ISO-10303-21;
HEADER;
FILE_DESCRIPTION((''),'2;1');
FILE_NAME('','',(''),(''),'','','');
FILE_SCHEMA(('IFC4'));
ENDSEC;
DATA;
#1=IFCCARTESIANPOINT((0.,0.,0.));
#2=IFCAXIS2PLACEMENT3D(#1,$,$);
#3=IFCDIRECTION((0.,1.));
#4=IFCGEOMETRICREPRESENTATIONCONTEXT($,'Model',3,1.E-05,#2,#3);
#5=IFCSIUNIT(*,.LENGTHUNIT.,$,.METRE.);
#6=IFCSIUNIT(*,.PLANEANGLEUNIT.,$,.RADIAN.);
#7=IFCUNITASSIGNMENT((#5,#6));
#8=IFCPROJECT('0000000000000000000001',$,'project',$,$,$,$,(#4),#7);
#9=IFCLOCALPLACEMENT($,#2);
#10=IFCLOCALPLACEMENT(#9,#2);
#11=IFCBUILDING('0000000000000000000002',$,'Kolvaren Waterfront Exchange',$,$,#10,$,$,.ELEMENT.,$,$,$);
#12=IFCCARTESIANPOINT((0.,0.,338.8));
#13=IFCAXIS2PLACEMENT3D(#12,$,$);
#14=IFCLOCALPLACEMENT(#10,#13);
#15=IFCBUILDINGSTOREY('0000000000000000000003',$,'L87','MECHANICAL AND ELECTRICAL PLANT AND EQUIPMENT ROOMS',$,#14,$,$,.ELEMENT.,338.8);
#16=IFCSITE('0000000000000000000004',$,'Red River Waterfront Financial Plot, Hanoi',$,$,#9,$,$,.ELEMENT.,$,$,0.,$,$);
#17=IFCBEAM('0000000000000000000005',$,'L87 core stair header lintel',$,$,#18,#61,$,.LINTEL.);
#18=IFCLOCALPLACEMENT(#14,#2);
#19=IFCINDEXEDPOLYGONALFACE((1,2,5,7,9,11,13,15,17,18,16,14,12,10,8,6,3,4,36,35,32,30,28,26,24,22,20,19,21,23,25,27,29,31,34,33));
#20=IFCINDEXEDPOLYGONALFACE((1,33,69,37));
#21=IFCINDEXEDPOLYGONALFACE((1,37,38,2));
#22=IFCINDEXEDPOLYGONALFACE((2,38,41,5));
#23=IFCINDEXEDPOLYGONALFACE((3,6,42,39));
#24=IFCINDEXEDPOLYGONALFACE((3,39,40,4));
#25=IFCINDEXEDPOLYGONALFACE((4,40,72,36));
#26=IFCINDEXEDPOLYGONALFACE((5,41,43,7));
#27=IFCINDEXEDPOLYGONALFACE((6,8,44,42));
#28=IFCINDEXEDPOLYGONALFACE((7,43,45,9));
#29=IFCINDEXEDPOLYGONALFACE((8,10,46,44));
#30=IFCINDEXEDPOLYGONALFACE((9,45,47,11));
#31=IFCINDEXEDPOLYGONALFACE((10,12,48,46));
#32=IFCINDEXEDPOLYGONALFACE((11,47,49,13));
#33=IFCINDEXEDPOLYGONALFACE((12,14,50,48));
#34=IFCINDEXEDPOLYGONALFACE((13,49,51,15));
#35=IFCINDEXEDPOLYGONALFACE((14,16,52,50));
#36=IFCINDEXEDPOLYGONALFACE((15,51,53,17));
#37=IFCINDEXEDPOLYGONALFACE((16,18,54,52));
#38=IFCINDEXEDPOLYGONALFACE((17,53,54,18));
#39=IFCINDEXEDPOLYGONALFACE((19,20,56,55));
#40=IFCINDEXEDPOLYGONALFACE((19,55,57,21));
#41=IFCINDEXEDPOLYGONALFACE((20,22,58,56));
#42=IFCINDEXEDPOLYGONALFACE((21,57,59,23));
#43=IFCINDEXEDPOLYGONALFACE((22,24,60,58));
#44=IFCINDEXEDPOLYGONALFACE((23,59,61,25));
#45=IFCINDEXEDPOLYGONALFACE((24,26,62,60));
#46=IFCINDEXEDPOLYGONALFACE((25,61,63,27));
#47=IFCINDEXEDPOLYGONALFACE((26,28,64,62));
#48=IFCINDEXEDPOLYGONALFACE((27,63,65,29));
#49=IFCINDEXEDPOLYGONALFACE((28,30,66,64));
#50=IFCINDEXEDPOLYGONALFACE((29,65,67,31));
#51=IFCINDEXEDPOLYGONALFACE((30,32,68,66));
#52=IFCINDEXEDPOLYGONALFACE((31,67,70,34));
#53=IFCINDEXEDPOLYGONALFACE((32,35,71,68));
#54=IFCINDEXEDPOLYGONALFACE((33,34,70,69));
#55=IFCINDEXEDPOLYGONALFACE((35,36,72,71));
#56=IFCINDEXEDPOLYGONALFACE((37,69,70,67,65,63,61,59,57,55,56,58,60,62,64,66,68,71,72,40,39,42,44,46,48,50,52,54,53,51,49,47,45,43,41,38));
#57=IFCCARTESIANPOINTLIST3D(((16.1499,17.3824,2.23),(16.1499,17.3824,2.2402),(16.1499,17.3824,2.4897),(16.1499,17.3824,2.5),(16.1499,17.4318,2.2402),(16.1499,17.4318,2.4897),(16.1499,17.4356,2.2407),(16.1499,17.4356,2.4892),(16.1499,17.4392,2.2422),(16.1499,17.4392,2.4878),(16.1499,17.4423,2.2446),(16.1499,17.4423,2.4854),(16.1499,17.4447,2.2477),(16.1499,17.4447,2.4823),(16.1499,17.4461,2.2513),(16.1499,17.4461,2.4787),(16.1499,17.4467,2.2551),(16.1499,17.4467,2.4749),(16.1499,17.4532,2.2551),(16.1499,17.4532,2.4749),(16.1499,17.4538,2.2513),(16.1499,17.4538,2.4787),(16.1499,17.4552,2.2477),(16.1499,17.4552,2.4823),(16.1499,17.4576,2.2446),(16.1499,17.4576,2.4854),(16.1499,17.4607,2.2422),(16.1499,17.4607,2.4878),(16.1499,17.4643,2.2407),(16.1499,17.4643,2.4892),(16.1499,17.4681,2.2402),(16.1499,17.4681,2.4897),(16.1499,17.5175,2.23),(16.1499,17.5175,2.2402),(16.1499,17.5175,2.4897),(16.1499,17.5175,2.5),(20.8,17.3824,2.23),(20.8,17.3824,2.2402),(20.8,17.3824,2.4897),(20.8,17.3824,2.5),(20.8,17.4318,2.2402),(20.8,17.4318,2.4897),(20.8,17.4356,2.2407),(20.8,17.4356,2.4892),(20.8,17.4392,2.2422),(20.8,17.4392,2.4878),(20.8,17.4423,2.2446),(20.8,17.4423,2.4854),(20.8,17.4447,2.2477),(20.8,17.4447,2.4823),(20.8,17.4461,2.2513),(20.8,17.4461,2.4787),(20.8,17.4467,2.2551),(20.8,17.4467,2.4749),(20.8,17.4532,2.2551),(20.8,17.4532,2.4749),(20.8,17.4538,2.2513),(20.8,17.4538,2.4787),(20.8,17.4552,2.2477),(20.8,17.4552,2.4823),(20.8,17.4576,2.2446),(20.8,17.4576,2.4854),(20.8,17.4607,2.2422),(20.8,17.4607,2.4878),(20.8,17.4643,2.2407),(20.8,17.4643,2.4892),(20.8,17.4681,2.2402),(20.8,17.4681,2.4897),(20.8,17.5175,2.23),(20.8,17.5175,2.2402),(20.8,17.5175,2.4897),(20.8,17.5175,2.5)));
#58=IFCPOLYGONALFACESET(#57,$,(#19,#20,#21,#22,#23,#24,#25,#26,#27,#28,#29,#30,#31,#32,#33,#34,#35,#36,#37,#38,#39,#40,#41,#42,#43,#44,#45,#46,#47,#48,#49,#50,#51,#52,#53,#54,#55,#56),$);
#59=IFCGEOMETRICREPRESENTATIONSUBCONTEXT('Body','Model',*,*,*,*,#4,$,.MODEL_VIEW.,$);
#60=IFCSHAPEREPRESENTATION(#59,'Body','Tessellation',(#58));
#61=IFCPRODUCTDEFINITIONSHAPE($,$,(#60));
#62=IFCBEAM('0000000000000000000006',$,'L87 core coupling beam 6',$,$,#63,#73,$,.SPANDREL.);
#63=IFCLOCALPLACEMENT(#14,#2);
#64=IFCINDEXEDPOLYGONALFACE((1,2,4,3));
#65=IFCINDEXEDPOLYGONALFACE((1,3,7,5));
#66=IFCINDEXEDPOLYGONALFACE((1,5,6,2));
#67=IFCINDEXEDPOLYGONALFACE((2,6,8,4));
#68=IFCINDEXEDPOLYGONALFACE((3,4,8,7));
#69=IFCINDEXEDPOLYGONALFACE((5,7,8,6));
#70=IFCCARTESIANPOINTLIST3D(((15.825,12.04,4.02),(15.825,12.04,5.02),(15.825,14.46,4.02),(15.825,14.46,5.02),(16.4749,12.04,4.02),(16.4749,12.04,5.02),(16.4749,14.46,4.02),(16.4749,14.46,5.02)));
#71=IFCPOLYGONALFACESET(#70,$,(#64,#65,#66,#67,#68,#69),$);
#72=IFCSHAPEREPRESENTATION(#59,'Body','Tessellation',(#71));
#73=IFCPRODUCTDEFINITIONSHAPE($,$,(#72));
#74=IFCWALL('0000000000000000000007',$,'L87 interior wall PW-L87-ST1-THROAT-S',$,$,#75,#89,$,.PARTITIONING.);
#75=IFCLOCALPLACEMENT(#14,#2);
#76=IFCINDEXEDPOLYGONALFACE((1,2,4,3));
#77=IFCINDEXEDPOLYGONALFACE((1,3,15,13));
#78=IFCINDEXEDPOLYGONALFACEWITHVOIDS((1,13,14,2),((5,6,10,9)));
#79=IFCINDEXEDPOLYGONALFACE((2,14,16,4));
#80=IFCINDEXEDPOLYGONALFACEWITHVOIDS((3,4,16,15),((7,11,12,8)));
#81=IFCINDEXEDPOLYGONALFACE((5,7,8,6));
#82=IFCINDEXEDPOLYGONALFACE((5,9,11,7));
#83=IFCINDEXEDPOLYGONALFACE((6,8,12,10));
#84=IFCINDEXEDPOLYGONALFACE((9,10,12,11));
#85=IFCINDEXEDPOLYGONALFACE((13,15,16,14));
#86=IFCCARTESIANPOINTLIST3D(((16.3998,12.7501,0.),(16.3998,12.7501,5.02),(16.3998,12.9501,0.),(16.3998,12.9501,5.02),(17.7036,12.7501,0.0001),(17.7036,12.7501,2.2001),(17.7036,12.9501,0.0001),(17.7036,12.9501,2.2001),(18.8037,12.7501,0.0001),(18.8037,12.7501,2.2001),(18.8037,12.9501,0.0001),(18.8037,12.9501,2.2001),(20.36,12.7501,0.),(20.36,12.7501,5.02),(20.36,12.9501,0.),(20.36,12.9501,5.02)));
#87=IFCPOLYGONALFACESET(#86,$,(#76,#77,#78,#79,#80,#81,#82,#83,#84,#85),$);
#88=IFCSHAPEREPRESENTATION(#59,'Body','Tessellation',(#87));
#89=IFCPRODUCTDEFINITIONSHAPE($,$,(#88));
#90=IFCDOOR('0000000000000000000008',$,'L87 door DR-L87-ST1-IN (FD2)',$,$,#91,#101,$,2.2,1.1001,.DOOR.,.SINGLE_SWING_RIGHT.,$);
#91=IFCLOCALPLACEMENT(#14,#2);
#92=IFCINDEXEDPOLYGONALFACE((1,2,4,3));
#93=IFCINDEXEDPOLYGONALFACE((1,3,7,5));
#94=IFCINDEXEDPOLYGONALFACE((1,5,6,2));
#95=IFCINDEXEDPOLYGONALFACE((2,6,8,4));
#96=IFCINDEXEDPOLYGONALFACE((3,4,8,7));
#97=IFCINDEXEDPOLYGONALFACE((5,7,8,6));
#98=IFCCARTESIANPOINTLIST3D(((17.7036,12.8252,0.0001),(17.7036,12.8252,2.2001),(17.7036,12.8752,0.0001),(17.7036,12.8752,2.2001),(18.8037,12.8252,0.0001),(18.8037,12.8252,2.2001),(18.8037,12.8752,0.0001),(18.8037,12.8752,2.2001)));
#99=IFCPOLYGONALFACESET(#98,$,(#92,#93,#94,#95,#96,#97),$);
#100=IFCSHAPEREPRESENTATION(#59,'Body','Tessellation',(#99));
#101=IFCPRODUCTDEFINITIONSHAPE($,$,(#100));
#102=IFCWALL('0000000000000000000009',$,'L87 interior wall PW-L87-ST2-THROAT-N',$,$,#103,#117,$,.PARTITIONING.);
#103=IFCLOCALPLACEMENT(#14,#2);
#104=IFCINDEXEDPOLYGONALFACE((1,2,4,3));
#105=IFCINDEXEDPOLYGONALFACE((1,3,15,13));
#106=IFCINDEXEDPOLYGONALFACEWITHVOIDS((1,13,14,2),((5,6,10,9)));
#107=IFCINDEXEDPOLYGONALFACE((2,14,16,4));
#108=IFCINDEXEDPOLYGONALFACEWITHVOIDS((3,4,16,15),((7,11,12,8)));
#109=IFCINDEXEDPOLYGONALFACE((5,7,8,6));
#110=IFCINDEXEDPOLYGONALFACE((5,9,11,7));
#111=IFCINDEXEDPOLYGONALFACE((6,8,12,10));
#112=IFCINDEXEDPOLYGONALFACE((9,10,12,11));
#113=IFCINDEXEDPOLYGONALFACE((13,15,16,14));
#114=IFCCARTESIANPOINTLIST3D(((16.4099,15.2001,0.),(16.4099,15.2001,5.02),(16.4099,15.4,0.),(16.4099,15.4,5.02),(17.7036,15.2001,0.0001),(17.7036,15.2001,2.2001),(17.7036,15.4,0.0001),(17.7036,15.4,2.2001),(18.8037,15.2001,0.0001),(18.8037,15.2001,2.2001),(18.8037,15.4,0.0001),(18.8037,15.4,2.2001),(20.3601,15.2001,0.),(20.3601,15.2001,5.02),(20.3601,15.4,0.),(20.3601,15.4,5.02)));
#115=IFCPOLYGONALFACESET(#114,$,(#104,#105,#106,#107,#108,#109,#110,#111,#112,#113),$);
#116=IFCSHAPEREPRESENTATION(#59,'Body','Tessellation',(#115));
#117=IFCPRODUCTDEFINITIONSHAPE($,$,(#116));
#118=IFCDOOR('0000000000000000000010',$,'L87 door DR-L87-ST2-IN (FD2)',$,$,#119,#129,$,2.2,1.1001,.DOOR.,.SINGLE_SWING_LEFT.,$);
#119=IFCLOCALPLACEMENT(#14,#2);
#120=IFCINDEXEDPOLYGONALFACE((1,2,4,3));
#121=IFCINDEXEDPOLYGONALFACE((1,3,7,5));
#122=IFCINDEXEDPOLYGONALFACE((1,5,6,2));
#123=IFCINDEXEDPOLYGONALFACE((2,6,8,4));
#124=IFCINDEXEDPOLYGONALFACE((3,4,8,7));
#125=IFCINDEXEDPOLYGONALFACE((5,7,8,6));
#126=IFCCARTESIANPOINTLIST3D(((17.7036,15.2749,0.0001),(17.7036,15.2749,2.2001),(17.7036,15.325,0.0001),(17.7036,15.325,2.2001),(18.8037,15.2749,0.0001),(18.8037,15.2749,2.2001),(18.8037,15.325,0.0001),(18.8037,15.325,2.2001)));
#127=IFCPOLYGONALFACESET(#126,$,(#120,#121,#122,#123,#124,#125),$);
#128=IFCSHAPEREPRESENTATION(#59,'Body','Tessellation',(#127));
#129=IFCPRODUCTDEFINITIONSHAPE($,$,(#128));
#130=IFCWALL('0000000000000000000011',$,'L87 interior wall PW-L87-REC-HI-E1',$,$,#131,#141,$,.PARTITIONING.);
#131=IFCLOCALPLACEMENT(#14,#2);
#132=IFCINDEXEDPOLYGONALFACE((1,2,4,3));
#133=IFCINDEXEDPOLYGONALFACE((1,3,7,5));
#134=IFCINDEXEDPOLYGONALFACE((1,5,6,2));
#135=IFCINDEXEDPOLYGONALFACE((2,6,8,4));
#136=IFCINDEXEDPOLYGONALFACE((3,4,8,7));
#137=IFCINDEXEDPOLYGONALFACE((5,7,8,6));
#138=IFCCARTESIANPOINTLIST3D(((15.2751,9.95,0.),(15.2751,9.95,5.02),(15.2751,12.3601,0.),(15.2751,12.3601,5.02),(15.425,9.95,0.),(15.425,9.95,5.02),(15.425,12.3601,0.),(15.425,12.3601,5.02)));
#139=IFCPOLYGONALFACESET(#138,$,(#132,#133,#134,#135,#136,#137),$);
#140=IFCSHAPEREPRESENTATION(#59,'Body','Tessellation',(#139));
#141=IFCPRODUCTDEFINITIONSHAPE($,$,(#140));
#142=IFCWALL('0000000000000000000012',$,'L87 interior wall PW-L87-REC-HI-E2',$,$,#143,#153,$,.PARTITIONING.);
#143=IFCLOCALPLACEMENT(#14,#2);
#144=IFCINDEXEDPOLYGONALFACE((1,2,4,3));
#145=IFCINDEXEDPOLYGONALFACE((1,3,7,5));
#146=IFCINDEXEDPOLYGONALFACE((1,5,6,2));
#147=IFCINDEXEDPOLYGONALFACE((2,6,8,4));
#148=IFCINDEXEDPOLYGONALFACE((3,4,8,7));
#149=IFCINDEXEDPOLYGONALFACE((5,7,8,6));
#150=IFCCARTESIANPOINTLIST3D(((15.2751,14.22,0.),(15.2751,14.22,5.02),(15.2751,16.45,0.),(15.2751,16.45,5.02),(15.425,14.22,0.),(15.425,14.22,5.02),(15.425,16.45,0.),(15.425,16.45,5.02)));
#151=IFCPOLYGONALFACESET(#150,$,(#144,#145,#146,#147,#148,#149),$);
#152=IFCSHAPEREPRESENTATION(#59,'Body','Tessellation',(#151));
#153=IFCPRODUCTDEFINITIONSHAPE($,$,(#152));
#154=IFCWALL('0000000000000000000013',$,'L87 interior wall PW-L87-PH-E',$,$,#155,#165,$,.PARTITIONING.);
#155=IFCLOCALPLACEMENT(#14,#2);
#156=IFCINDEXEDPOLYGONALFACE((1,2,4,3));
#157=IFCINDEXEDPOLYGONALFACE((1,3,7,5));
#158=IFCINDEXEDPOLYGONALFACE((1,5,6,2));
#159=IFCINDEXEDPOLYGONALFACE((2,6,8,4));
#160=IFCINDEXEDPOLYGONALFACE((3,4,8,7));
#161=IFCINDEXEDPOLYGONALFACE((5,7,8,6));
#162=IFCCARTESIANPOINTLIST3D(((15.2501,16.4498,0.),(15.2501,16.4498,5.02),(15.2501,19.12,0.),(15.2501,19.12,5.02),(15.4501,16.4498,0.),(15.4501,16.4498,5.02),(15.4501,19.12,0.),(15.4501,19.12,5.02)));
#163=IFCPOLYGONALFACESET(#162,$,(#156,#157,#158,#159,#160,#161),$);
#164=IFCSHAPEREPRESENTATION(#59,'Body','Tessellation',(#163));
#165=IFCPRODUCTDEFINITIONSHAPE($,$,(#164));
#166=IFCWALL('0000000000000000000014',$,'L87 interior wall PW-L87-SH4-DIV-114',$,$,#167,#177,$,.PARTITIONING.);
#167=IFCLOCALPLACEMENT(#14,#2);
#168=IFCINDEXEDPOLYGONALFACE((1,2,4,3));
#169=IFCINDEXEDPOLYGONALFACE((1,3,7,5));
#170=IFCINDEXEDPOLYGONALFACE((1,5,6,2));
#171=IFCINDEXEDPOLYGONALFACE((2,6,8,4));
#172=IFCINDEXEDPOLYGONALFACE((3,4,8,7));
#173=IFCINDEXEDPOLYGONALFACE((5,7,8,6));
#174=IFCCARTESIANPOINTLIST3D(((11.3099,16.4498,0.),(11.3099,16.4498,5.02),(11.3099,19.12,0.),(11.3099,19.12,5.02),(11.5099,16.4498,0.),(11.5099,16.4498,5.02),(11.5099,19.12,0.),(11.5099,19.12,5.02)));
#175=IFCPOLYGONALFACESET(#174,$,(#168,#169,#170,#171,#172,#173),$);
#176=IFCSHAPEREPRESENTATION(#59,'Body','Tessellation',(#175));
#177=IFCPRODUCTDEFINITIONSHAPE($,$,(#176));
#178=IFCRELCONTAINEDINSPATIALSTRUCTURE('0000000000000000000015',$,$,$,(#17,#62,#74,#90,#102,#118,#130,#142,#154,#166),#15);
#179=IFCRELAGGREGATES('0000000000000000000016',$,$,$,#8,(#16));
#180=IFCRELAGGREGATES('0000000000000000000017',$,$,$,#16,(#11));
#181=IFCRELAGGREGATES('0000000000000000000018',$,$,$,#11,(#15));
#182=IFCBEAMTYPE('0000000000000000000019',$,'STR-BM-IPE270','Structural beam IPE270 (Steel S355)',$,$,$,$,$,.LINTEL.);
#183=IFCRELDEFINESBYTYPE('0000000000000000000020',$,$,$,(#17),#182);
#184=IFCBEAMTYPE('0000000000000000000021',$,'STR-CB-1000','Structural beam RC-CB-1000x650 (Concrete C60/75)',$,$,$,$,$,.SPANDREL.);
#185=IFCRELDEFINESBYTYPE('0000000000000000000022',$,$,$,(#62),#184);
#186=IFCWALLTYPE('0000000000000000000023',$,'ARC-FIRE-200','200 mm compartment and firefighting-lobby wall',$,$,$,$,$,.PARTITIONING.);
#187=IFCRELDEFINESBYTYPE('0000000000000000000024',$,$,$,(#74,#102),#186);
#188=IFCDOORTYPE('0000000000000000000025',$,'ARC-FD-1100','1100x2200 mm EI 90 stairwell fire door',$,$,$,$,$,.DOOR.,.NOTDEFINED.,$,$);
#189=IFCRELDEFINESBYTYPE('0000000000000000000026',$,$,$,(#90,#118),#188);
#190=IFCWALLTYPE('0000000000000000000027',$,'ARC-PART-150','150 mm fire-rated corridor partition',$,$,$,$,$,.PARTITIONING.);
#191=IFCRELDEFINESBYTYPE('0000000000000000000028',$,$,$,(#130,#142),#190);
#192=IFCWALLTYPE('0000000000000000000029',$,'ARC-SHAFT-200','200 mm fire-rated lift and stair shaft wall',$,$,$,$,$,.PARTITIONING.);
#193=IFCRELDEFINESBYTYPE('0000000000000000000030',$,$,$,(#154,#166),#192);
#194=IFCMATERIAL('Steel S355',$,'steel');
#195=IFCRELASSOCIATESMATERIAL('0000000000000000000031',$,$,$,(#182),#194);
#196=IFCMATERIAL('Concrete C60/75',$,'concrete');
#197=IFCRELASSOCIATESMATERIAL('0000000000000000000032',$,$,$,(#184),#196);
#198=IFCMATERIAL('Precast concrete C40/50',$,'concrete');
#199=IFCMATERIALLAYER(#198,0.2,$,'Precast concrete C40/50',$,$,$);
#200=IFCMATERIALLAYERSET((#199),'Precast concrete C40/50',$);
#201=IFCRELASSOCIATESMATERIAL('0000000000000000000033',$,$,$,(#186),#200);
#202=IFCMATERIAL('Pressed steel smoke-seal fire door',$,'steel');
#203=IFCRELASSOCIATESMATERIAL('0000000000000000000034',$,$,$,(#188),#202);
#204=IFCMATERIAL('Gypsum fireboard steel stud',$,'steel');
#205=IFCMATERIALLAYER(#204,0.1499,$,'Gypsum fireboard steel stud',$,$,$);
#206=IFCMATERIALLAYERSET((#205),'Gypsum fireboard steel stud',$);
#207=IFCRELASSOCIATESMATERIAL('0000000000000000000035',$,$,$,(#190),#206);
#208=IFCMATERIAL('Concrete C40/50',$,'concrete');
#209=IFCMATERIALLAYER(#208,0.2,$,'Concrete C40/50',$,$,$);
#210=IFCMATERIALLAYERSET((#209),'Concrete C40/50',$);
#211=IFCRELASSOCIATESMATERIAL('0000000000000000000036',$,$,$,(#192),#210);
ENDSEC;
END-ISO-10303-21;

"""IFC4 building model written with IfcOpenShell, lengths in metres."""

from ifc_helpers import new_model, si_unit, direction, frame, frame_2d, origin, origin_2d, place, context, subcontext, project, spatial, rectangle, i_section, extrude, material, layer, layer_set, material_profile, profile_set, type_object, element, fill, save


model = new_model("IFC4")

# Units and contexts
model_context = context("Model", 3, precision=1e-05, world=origin(), true_north=direction((0.0, 1.0)))
body_context = subcontext(model_context, "Body", "Model", "MODEL_VIEW")
ifc_project = project(units=[si_unit("LENGTHUNIT", "METRE"), si_unit("PLANEANGLEUNIT", "RADIAN")], contexts=[model_context])

# Site, building, storey
site_placement = place(None, origin())
site = spatial("IfcSite", under=ifc_project, at=site_placement, Name="Red River Waterfront Financial Plot, Hanoi", CompositionType="ELEMENT", RefElevation=0.0)
building_placement = place(site_placement, origin())
building = spatial("IfcBuilding", under=site, at=building_placement, Name="Kolvaren Waterfront Exchange", CompositionType="ELEMENT")
storey_placement = place(building_placement, frame((0.0, 0.0, 338.8)))
storey = spatial("IfcBuildingStorey", under=building, at=storey_placement, Name="L87", Description="MECHANICAL AND ELECTRICAL PLANT AND EQUIPMENT ROOMS", CompositionType="ELEMENT", Elevation=338.8)

# Beams
ifc_material_1 = material(Name="Steel S355", Category="steel")
ifc_material_profile_1 = material_profile(ifc_material_1, i_section(OverallWidth=0.135, OverallDepth=0.27, WebThickness=0.0066, FlangeThickness=0.0103, FilletRadius=0.0149, at=origin_2d()), Name="IPE270")
ifc_profile_set_1 = profile_set([ifc_material_profile_1], Name="Steel S355")
beam_type_1 = type_object("IfcBeamType", Name="STR-BM-IPE270", Description="Structural beam IPE270 (Steel S355)", PredefinedType="LINTEL", material=ifc_profile_set_1)
beam_1_placement = place(storey_placement, frame((16.1499, 17.45, 2.365), z_axis=(1.0, 0.0, 0.0), x_axis=(0.0, 1.0, 0.0)))
element("IfcBeam", 1, at=beam_1_placement, inside=storey, type_object=beam_type_1, Name="L87 core stair header lintel", PredefinedType="LINTEL", context=body_context, shape_type="SweptSolid", body=[
    extrude(i_section(OverallWidth=0.135, OverallDepth=0.27, WebThickness=0.0066, FlangeThickness=0.0103, FilletRadius=0.0149, at=origin_2d()), origin(), (0.0, 0.0, 1.0), 4.6501),
])
ifc_material_2 = material(Name="Concrete C60/75", Category="concrete")
ifc_material_profile_2 = material_profile(ifc_material_2, rectangle(XDim=0.6499, YDim=1.0, at=origin_2d()), Name="RC-CB-1000x650")
ifc_profile_set_2 = profile_set([ifc_material_profile_2], Name="Concrete C60/75")
beam_type_2 = type_object("IfcBeamType", Name="STR-CB-1000", Description="Structural beam RC-CB-1000x650 (Concrete C60/75)", PredefinedType="SPANDREL", material=ifc_profile_set_2)
beam_2_placement = place(storey_placement, frame((16.1499, 12.04, 4.52), z_axis=(0.0, 1.0, 0.0), x_axis=(-1.0, 0.0, 0.0)))
element("IfcBeam", 2, at=beam_2_placement, inside=storey, type_object=beam_type_2, Name="L87 core coupling beam 6", PredefinedType="SPANDREL", context=body_context, shape_type="SweptSolid", body=[
    extrude(rectangle(XDim=0.6499, YDim=1.0, at=origin_2d()), origin(), (0.0, 0.0, 1.0), 2.4199),
])

# Walls, openings, doors
ifc_material_3 = material(Name="Precast concrete C40/50", Category="concrete")
ifc_layer_1 = layer(ifc_material_3, 0.2, Name="Precast concrete C40/50")
ifc_layer_set_1 = layer_set([ifc_layer_1], Name="Precast concrete C40/50")
wall_type_1 = type_object("IfcWallType", Name="ARC-FIRE-200", Description="200 mm compartment and firefighting-lobby wall", PredefinedType="PARTITIONING", material=ifc_layer_set_1)
wall_1_placement = place(storey_placement, frame((16.3999, 12.8501, 0.0), z_axis=(0.0, 0.0, 1.0), x_axis=(1.0, 0.0, 0.0)))
wall_1 = element("IfcWall", 3, at=wall_1_placement, inside=storey, type_object=wall_type_1, Name="L87 interior wall PW-L87-ST1-THROAT-S", PredefinedType="PARTITIONING", context=body_context, shape_type="SweptSolid", body=[
    extrude(rectangle(XDim=3.9602, YDim=0.2, at=frame_2d((1.98, 0.0))), origin(), (0.0, 0.0, 1.0), 5.02),
])
opening_1_placement = place(wall_1_placement, frame((1.3037, 0.0, 0.0)))
opening_1 = element("IfcOpeningElement", 4, at=opening_1_placement, cuts=wall_1, PredefinedType="OPENING", context=body_context, shape_type="SweptSolid", body=[
    extrude(rectangle(XDim=1.1001, YDim=2.2, at=frame_2d((0.55, 1.1001))), frame((0.0, 0.1099, 0.0), z_axis=(0.0, -1.0, 0.0), x_axis=(1.0, 0.0, 0.0)), (0.0, 0.0, 1.0), 0.22),
])
ifc_material_4 = material(Name="Pressed steel smoke-seal fire door", Category="steel")
door_type = type_object("IfcDoorType", Name="ARC-FD-1100", Description="1100x2200 mm EI 90 stairwell fire door", OperationType="NOTDEFINED", PredefinedType="DOOR", material=ifc_material_4)
door_1_placement = place(opening_1_placement, frame((1.1001, 0.0, 0.0), z_axis=(0.0, 0.0, 1.0), x_axis=(-1.0, 0.0, 0.0)))
door_1 = element("IfcDoor", 5, at=door_1_placement, inside=storey, type_object=door_type, Name="L87 door DR-L87-ST1-IN (FD2)", OperationType="SINGLE_SWING_RIGHT", OverallHeight=2.2, OverallWidth=1.1001, PredefinedType="DOOR", context=body_context, shape_type="SweptSolid", body=[
    extrude(rectangle(XDim=1.1001, YDim=2.2, at=frame_2d((0.55, 1.1001))), frame((0.0, 0.0249, 0.0), z_axis=(0.0, -1.0, 0.0), x_axis=(1.0, 0.0, 0.0)), (0.0, 0.0, 1.0), 0.05),
])
fill(opening_1, door_1)
wall_2_placement = place(storey_placement, frame((16.4099, 15.3, 0.0), z_axis=(0.0, 0.0, 1.0), x_axis=(1.0, 0.0, 0.0)))
wall_2 = element("IfcWall", 6, at=wall_2_placement, inside=storey, type_object=wall_type_1, Name="L87 interior wall PW-L87-ST2-THROAT-N", PredefinedType="PARTITIONING", context=body_context, shape_type="SweptSolid", body=[
    extrude(rectangle(XDim=3.9502, YDim=0.2, at=frame_2d((1.9751, 0.0))), origin(), (0.0, 0.0, 1.0), 5.02),
])
opening_2_placement = place(wall_2_placement, frame((1.2937, 0.0, 0.0)))
opening_2 = element("IfcOpeningElement", 7, at=opening_2_placement, cuts=wall_2, PredefinedType="OPENING", context=body_context, shape_type="SweptSolid", body=[
    extrude(rectangle(XDim=1.1001, YDim=2.2, at=frame_2d((0.55, 1.1001))), frame((0.0, 0.1099, 0.0), z_axis=(0.0, -1.0, 0.0), x_axis=(1.0, 0.0, 0.0)), (0.0, 0.0, 1.0), 0.22),
])
door_2_placement = place(opening_2_placement, origin())
door_2 = element("IfcDoor", 8, at=door_2_placement, inside=storey, type_object=door_type, Name="L87 door DR-L87-ST2-IN (FD2)", OperationType="SINGLE_SWING_LEFT", OverallHeight=2.2, OverallWidth=1.1001, PredefinedType="DOOR", context=body_context, shape_type="SweptSolid", body=[
    extrude(rectangle(XDim=1.1001, YDim=2.2, at=frame_2d((0.55, 1.1001))), frame((0.0, 0.0249, 0.0), z_axis=(0.0, -1.0, 0.0), x_axis=(1.0, 0.0, 0.0)), (0.0, 0.0, 1.0), 0.05),
])
fill(opening_2, door_2)

# Walls
ifc_material_5 = material(Name="Gypsum fireboard steel stud", Category="steel")
ifc_layer_2 = layer(ifc_material_5, 0.1499, Name="Gypsum fireboard steel stud")
ifc_layer_set_2 = layer_set([ifc_layer_2], Name="Gypsum fireboard steel stud")
wall_type_2 = type_object("IfcWallType", Name="ARC-PART-150", Description="150 mm fire-rated corridor partition", PredefinedType="PARTITIONING", material=ifc_layer_set_2)
wall_3_placement = place(storey_placement, frame((15.3501, 9.95, 0.0), z_axis=(0.0, 0.0, 1.0), x_axis=(0.0, 1.0, 0.0)))
element("IfcWall", 9, at=wall_3_placement, inside=storey, type_object=wall_type_2, Name="L87 interior wall PW-L87-REC-HI-E1", PredefinedType="PARTITIONING", context=body_context, shape_type="SweptSolid", body=[
    extrude(rectangle(XDim=2.4102, YDim=0.1499, at=frame_2d((1.2051, 0.0))), origin(), (0.0, 0.0, 1.0), 5.02),
])
wall_4_placement = place(storey_placement, frame((15.3501, 14.22, 0.0), z_axis=(0.0, 0.0, 1.0), x_axis=(0.0, 1.0, 0.0)))
element("IfcWall", 10, at=wall_4_placement, inside=storey, type_object=wall_type_2, Name="L87 interior wall PW-L87-REC-HI-E2", PredefinedType="PARTITIONING", context=body_context, shape_type="SweptSolid", body=[
    extrude(rectangle(XDim=2.23, YDim=0.1499, at=frame_2d((1.115, 0.0))), origin(), (0.0, 0.0, 1.0), 5.02),
])
ifc_material_6 = material(Name="Concrete C40/50", Category="concrete")
ifc_layer_3 = layer(ifc_material_6, 0.2, Name="Concrete C40/50")
ifc_layer_set_3 = layer_set([ifc_layer_3], Name="Concrete C40/50")
wall_type_3 = type_object("IfcWallType", Name="ARC-SHAFT-200", Description="200 mm fire-rated lift and stair shaft wall", PredefinedType="PARTITIONING", material=ifc_layer_set_3)
for number, where, z_axis, x_axis, name in (
    (11, (15.3501, 16.45, 0.0), (0.0, 0.0, 1.0), (0.0, 1.0, 0.0), "L87 interior wall PW-L87-PH-E"),
    (12, (11.4099, 16.45, 0.0), (0.0, 0.0, 1.0), (0.0, 1.0, 0.0), "L87 interior wall PW-L87-SH4-DIV-114"),
):
    element("IfcWall", number, at=place(storey_placement, frame(where, z_axis=z_axis, x_axis=x_axis)), inside=storey, type_object=wall_type_3, Name=name, PredefinedType="PARTITIONING", context=body_context, shape_type="SweptSolid", body=[
        extrude(rectangle(XDim=2.6702, YDim=0.2, at=frame_2d((1.335, 0.0))), origin(), (0.0, 0.0, 1.0), 5.02),
    ])

save(model, "model.ifc")
